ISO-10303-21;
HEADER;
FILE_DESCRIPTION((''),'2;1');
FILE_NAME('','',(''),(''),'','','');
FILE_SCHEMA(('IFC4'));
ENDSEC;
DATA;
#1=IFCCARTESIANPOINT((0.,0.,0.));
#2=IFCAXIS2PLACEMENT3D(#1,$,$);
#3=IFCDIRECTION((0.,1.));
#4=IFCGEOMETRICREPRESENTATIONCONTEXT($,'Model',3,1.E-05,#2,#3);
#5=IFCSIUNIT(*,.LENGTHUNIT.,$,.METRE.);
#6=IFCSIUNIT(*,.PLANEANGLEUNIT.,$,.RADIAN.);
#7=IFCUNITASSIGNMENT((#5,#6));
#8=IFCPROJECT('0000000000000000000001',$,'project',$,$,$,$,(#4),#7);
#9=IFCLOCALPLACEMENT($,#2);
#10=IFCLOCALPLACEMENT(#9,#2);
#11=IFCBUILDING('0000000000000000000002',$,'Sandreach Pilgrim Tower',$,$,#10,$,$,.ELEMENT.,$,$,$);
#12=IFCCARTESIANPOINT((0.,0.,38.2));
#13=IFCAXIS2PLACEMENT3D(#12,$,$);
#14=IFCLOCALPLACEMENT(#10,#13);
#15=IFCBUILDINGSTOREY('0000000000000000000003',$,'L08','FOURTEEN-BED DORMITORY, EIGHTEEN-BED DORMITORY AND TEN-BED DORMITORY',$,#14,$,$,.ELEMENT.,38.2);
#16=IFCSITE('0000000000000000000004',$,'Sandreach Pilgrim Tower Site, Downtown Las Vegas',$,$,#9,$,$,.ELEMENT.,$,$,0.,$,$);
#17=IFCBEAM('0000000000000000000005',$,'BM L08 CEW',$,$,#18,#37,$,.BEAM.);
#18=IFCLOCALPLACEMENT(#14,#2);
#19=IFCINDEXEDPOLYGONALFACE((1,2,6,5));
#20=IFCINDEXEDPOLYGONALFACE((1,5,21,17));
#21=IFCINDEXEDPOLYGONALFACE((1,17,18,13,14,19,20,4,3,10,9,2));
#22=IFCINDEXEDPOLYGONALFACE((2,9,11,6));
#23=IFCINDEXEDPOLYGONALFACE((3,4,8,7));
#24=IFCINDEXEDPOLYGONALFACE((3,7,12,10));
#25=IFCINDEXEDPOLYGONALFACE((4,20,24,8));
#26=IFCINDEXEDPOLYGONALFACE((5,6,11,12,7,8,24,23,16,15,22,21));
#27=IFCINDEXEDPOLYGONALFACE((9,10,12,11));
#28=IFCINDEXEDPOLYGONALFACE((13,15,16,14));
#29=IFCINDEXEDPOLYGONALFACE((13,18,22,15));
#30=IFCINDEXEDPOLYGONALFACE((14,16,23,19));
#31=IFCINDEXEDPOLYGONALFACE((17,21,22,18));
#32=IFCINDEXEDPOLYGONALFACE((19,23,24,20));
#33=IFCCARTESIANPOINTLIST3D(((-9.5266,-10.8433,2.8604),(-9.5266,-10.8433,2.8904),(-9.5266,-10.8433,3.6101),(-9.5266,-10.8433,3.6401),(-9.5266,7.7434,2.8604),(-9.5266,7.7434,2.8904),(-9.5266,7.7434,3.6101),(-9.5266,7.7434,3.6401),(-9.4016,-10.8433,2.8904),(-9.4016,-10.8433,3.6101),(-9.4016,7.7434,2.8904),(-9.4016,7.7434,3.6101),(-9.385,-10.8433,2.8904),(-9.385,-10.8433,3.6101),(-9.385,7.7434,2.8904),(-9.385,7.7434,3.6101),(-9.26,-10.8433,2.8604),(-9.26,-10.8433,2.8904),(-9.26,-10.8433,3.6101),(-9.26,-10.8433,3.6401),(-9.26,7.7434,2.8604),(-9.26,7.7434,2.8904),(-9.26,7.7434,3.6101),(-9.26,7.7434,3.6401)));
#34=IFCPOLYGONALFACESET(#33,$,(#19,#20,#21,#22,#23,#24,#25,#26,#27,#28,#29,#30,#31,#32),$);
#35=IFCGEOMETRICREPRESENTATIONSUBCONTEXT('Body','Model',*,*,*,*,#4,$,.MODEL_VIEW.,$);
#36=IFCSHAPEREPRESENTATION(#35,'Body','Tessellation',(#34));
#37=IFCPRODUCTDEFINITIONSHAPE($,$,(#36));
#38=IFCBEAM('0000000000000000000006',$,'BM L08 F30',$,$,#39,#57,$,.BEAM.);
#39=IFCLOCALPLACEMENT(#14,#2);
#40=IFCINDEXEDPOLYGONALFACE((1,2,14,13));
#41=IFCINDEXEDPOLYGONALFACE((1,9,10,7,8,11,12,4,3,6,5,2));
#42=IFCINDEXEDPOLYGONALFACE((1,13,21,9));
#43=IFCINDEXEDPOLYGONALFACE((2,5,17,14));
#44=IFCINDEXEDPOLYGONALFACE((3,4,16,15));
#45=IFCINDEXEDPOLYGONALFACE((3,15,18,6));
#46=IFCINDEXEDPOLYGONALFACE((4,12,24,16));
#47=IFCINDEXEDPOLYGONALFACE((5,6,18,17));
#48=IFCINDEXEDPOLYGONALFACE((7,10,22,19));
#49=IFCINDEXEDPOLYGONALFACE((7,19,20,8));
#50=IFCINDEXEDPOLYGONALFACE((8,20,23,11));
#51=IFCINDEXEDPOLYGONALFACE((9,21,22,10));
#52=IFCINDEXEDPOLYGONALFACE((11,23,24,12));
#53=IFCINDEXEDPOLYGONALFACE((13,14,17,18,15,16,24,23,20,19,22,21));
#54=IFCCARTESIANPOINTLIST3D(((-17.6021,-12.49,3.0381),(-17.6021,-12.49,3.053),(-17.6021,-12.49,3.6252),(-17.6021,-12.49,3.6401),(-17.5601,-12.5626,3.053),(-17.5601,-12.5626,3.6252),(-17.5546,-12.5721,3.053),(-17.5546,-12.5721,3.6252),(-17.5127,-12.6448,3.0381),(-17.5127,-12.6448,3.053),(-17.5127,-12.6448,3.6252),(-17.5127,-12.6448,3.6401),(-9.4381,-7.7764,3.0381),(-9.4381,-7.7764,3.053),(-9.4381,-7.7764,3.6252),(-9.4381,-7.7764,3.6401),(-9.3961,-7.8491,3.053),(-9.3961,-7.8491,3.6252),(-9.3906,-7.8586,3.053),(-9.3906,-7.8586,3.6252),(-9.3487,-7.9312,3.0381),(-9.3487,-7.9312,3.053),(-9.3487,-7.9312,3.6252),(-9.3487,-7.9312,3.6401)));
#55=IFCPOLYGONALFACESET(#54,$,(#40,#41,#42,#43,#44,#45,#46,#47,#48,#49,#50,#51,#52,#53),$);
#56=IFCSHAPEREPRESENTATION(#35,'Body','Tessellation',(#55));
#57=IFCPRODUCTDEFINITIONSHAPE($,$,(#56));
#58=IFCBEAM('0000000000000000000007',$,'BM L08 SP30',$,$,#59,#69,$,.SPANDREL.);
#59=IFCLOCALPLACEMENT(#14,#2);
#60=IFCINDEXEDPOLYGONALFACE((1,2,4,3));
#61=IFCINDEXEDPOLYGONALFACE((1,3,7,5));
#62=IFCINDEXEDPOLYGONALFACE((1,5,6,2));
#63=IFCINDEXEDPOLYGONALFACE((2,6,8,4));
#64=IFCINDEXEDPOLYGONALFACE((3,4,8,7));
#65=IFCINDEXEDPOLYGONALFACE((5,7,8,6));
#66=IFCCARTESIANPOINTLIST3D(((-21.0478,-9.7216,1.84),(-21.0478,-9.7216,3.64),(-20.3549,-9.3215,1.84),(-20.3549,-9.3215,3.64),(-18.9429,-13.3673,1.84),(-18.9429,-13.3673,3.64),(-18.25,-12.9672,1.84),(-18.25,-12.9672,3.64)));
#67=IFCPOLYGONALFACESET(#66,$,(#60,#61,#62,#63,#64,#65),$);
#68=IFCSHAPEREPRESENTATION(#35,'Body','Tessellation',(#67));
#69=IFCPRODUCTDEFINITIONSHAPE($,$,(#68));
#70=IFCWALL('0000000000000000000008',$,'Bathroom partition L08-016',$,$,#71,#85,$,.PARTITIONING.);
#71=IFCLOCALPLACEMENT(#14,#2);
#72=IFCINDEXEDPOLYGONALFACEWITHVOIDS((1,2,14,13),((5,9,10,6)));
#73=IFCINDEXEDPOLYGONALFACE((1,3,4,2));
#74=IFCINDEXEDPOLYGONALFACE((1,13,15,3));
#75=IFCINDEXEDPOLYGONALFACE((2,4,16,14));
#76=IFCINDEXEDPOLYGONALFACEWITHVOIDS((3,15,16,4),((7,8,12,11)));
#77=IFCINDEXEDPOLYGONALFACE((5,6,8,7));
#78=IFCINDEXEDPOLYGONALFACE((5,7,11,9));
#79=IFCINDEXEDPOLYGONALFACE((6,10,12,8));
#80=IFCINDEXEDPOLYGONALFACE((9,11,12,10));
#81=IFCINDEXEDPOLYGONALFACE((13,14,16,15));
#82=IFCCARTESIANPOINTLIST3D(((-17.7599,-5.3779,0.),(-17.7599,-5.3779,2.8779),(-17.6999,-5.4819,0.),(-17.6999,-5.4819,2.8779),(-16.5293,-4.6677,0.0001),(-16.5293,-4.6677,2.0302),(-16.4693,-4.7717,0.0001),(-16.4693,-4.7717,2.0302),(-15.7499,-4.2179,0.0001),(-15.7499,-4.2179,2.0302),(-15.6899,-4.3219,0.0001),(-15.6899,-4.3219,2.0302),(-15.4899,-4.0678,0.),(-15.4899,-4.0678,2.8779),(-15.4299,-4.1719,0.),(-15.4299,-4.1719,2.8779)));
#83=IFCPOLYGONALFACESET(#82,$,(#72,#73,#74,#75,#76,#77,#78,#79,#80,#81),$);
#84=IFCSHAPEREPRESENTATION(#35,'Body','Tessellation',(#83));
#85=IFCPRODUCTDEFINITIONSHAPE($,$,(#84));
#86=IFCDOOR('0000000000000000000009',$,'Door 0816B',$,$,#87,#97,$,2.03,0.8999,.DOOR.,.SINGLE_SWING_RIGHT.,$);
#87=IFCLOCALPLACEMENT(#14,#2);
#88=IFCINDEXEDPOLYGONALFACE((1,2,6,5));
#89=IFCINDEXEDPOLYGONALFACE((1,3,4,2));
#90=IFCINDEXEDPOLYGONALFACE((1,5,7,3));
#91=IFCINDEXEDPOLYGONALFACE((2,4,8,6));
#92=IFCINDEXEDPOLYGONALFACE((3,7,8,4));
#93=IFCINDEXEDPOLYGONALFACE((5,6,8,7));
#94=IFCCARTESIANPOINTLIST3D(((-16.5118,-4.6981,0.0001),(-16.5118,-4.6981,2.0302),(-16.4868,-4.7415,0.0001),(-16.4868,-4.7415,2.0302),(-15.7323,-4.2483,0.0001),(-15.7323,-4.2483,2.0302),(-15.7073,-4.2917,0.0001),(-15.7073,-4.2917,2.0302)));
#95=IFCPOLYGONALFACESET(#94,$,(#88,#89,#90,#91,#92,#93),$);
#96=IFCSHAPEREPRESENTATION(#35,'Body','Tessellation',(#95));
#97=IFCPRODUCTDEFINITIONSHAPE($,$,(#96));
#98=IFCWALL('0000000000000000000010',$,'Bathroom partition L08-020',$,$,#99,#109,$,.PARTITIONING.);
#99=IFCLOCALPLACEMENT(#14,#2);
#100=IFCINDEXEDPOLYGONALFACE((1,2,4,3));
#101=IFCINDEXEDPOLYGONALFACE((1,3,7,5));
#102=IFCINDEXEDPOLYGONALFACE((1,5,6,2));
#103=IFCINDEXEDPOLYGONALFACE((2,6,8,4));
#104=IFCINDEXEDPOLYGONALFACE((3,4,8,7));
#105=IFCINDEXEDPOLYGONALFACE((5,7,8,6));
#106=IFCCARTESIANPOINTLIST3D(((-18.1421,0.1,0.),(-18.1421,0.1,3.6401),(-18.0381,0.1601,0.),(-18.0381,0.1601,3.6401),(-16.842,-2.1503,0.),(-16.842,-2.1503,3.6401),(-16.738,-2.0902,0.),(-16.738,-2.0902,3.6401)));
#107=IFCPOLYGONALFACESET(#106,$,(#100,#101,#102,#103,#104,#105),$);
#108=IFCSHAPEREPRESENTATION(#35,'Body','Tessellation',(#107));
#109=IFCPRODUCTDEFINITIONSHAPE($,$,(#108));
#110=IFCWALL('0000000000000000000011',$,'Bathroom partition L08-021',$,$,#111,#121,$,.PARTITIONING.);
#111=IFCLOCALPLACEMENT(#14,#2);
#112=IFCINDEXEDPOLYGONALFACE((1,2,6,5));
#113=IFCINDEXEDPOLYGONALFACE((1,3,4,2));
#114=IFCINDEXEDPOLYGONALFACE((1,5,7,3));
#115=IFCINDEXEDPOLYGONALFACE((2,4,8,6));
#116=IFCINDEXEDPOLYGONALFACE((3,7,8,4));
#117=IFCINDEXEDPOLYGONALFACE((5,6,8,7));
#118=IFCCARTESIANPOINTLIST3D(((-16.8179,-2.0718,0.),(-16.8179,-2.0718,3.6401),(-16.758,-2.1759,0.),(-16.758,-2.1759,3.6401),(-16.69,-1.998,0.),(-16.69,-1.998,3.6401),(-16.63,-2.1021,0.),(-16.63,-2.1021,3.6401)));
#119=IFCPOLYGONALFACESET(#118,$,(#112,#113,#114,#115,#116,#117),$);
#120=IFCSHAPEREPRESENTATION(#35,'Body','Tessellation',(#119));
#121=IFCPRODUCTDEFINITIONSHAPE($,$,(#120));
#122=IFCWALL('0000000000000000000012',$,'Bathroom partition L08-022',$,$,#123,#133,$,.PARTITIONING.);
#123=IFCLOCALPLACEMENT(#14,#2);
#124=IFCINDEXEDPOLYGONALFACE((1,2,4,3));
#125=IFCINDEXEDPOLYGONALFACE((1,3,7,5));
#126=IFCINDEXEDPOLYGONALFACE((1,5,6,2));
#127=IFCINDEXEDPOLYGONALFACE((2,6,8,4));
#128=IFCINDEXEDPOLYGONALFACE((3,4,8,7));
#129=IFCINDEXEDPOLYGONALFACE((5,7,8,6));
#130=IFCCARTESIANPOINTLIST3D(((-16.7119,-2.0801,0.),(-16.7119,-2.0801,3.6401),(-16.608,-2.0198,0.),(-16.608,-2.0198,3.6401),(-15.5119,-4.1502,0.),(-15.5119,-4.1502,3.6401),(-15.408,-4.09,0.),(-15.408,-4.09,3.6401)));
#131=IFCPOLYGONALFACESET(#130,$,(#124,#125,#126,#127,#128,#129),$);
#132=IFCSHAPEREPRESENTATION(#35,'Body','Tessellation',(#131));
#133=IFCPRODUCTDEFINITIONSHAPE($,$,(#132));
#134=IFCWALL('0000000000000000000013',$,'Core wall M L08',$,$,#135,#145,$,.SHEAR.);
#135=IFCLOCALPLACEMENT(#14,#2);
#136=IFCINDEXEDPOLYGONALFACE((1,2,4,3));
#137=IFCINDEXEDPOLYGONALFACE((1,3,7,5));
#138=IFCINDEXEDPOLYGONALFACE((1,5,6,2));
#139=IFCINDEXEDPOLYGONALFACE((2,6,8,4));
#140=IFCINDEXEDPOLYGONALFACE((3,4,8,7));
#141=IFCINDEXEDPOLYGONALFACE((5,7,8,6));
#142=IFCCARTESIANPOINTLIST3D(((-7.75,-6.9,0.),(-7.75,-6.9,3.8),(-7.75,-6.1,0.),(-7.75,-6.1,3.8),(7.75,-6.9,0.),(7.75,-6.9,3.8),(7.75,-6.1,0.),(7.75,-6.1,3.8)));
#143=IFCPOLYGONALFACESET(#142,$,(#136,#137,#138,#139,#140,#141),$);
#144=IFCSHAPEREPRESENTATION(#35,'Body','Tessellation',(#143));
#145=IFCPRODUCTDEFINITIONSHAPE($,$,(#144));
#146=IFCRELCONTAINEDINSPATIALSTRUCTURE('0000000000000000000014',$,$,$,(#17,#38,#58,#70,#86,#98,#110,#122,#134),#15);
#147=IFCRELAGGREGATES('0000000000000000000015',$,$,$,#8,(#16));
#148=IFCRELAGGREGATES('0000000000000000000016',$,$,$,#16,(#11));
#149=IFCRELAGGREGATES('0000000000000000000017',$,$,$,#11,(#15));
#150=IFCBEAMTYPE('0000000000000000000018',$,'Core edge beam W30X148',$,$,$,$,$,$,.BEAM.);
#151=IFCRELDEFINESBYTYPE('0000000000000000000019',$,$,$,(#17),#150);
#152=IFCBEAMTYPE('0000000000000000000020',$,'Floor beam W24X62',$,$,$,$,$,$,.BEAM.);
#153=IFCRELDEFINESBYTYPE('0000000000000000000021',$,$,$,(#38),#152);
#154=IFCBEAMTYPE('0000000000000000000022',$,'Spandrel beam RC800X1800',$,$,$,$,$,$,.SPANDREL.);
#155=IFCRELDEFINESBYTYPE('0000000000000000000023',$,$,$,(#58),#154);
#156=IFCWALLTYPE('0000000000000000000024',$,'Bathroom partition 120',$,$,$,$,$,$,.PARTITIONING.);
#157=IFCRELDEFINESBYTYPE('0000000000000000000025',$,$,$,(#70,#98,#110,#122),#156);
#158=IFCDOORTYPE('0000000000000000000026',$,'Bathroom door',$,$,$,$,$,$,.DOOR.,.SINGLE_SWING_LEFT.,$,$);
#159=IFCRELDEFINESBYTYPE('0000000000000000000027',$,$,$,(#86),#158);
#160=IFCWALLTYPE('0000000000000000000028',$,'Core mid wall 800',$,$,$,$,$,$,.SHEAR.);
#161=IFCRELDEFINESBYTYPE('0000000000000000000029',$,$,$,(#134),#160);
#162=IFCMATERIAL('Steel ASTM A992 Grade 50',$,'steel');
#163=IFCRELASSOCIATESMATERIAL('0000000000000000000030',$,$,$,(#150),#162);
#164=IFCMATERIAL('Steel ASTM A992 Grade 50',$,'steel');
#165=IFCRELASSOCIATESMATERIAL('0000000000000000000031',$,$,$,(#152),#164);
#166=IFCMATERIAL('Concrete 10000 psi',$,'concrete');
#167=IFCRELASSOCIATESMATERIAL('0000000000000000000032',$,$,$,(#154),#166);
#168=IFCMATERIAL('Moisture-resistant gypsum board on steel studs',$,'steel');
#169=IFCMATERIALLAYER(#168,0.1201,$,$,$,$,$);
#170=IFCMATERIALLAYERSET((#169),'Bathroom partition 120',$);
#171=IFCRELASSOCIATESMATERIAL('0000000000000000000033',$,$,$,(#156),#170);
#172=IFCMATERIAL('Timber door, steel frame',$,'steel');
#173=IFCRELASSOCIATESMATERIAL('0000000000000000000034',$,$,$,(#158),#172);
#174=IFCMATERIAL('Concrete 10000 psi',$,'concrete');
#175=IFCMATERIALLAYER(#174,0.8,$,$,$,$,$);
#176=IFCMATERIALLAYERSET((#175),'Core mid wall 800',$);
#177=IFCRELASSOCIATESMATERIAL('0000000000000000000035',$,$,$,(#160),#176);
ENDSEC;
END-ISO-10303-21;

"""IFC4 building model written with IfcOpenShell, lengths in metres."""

from ifc_helpers import new_model, si_unit, direction, frame, frame_2d, origin, origin_2d, place, context, subcontext, project, spatial, rectangle, i_section, extrude, material, layer, layer_set, material_profile, profile_set, type_object, element, fill, save


model = new_model("IFC4")

# Units and contexts
model_context = context("Model", 3, precision=1e-05, world=origin(), true_north=direction((0.0, 1.0)))
body_context = subcontext(model_context, "Body", "Model", "MODEL_VIEW")
ifc_project = project(units=[si_unit("LENGTHUNIT", "METRE"), si_unit("PLANEANGLEUNIT", "RADIAN")], contexts=[model_context])

# Site, building, storey
site_placement = place(None, origin())
site = spatial("IfcSite", under=ifc_project, at=site_placement, Name="Sandreach Pilgrim Tower Site, Downtown Las Vegas", CompositionType="ELEMENT", RefElevation=0.0)
building_placement = place(site_placement, origin())
building = spatial("IfcBuilding", under=site, at=building_placement, Name="Sandreach Pilgrim Tower", CompositionType="ELEMENT")
storey_placement = place(building_placement, frame((0.0, 0.0, 38.2)))
storey = spatial("IfcBuildingStorey", under=building, at=storey_placement, Name="L08", Description="FOURTEEN-BED DORMITORY, EIGHTEEN-BED DORMITORY AND TEN-BED DORMITORY", CompositionType="ELEMENT", Elevation=38.2)

# Beams
ifc_material_1 = material(Name="Steel ASTM A992 Grade 50", Category="steel")
ifc_material_profile_1 = material_profile(ifc_material_1, i_section(OverallWidth=0.2666, OverallDepth=0.7798, WebThickness=0.0166, FlangeThickness=0.03, at=origin_2d()), Name="W30X148")
ifc_profile_set_1 = profile_set([ifc_material_profile_1], Name="Steel ASTM A992 Grade 50")
beam_type_1 = type_object("IfcBeamType", Name="Core edge beam W30X148", PredefinedType="BEAM", material=ifc_profile_set_1)
beam_1_placement = place(storey_placement, frame((-9.3933, -10.8433, 3.2502), z_axis=(0.0, 1.0, 0.0), x_axis=(-1.0, 0.0, 0.0)))
element("IfcBeam", 1, at=beam_1_placement, inside=storey, type_object=beam_type_1, Name="BM L08 CEW", PredefinedType="BEAM", context=body_context, shape_type="SweptSolid", body=[
    extrude(i_section(OverallWidth=0.2666, OverallDepth=0.7798, WebThickness=0.0166, FlangeThickness=0.03, at=origin_2d()), origin(), (0.0, 0.0, 1.0), 18.5867),
])
ifc_material_2 = material(Name="Steel ASTM A992 Grade 50", Category="steel")
ifc_material_profile_2 = material_profile(ifc_material_2, i_section(OverallWidth=0.1787, OverallDepth=0.6021, WebThickness=0.011, FlangeThickness=0.0149, at=origin_2d()), Name="W24X62")
ifc_profile_set_2 = profile_set([ifc_material_profile_2], Name="Steel ASTM A992 Grade 50")
beam_type_2 = type_object("IfcBeamType", Name="Floor beam W24X62", PredefinedType="BEAM", material=ifc_profile_set_2)
beam_2_placement = place(storey_placement, frame((-17.5574, -12.5674, 3.3391), z_axis=(0.866021, 0.500008, 0.0), x_axis=(-0.500008, 0.866021, 0.0)))
element("IfcBeam", 2, at=beam_2_placement, inside=storey, type_object=beam_type_2, Name="BM L08 F30", PredefinedType="BEAM", context=body_context, shape_type="SweptSolid", body=[
    extrude(i_section(OverallWidth=0.1787, OverallDepth=0.6021, WebThickness=0.011, FlangeThickness=0.0149, at=origin_2d()), origin(), (0.0, 0.0, 1.0), 9.427),
])
ifc_material_3 = material(Name="Concrete 10000 psi", Category="concrete")
ifc_material_profile_3 = material_profile(ifc_material_3, rectangle(XDim=0.8, YDim=1.8, at=origin_2d()), Name="RC800X1800")
ifc_profile_set_3 = profile_set([ifc_material_profile_3], Name="Concrete 10000 psi")
beam_type_3 = type_object("IfcBeamType", Name="Spandrel beam RC800X1800", PredefinedType="SPANDREL", material=ifc_profile_set_3)
beam_3_placement = place(storey_placement, frame((-18.5964, -13.1672, 2.74), z_axis=(-0.500019, 0.866015, 0.0), x_axis=(-0.866015, -0.500019, 0.0)))
element("IfcBeam", 3, at=beam_3_placement, inside=storey, type_object=beam_type_3, Name="BM L08 SP30", PredefinedType="SPANDREL", context=body_context, shape_type="SweptSolid", body=[
    extrude(rectangle(XDim=0.8, YDim=1.8, at=origin_2d()), origin(), (0.0, 0.0, 1.0), 4.2097),
])

# Wall, opening, door
ifc_material_4 = material(Name="Moisture-resistant gypsum board on steel studs", Category="steel")
ifc_layer_1 = layer(ifc_material_4, 0.1201)
ifc_layer_set_1 = layer_set([ifc_layer_1], Name="Bathroom partition 120")
wall_type_1 = type_object("IfcWallType", Name="Bathroom partition 120", PredefinedType="PARTITIONING", material=ifc_layer_set_1)
wall_1_placement = place(storey_placement, frame((-17.73, -5.4299, 0.0), z_axis=(0.0, 0.0, 1.0), x_axis=(0.866114, 0.499846, 0.0)))
wall_1 = element("IfcWall", 4, at=wall_1_placement, inside=storey, type_object=wall_type_1, Name="Bathroom partition L08-016", PredefinedType="PARTITIONING", context=body_context, shape_type="SweptSolid", body=[
    extrude(rectangle(XDim=2.6208, YDim=0.1201, at=frame_2d((1.3105, 0.0))), origin(), (0.0, 0.0, 1.0), 2.8779),
])
opening_1_placement = place(wall_1_placement, frame((1.4209, 0.0, 0.0)))
opening_1 = element("IfcOpeningElement", 5, at=opening_1_placement, cuts=wall_1, PredefinedType="OPENING", context=body_context, shape_type="SweptSolid", body=[
    extrude(rectangle(XDim=0.8999, YDim=2.03, at=frame_2d((0.45, 1.0151))), frame((0.0, 0.0601, 0.0), z_axis=(0.0, -1.0, 0.0), x_axis=(1.0, 0.0, 0.0)), (0.0, 0.0, 1.0), 0.1201),
])
ifc_material_5 = material(Name="Timber door, steel frame", Category="steel")
door_type_1 = type_object("IfcDoorType", Name="Bathroom door", OperationType="SINGLE_SWING_LEFT", PredefinedType="DOOR", material=ifc_material_5)
door_1_placement = place(opening_1_placement, origin())
door_1 = element("IfcDoor", 6, at=door_1_placement, inside=storey, type_object=door_type_1, Name="Door 0816B", OperationType="SINGLE_SWING_RIGHT", OverallHeight=2.03, OverallWidth=0.8999, PredefinedType="DOOR", context=body_context, shape_type="SweptSolid", body=[
    extrude(rectangle(XDim=0.8999, YDim=2.03, at=frame_2d((0.45, 1.0151))), frame((0.0, 0.0249, 0.0), z_axis=(0.0, -1.0, 0.0), x_axis=(1.0, 0.0, 0.0)), (0.0, 0.0, 1.0), 0.05),
])
fill(opening_1, door_1)

# Walls
wall_2_placement = place(storey_placement, frame((-16.79, -2.1201, 0.0), z_axis=(0.0, 0.0, 1.0), x_axis=(-0.500251, 0.86588, 0.0)))
element("IfcWall", 7, at=wall_2_placement, inside=storey, type_object=wall_type_1, Name="Bathroom partition L08-020", PredefinedType="PARTITIONING", context=body_context, shape_type="SweptSolid", body=[
    extrude(rectangle(XDim=2.5989, YDim=0.1201, at=frame_2d((1.2993, 0.0))), origin(), (0.0, 0.0, 1.0), 3.6401),
])
wall_3_placement = place(storey_placement, frame((-16.7878, -2.1238, 0.0), z_axis=(0.0, 0.0, 1.0), x_axis=(0.866406, 0.499341, 0.0)))
element("IfcWall", 8, at=wall_3_placement, inside=storey, type_object=wall_type_1, Name="Bathroom partition L08-021", PredefinedType="PARTITIONING", context=body_context, shape_type="SweptSolid", body=[
    extrude(rectangle(XDim=0.1477, YDim=0.1201, at=frame_2d((0.0737, 0.0))), origin(), (0.0, 0.0, 1.0), 3.6401),
])
wall_4_placement = place(storey_placement, frame((-16.6599, -2.05, 0.0), z_axis=(0.0, 0.0, 1.0), x_axis=(0.501503, -0.865156, 0.0)))
element("IfcWall", 9, at=wall_4_placement, inside=storey, type_object=wall_type_1, Name="Bathroom partition L08-022", PredefinedType="PARTITIONING", context=body_context, shape_type="SweptSolid", body=[
    extrude(rectangle(XDim=2.3928, YDim=0.1201, at=frame_2d((1.1963, 0.0))), origin(), (0.0, 0.0, 1.0), 3.6401),
])
ifc_material_6 = material(Name="Concrete 10000 psi", Category="concrete")
ifc_layer_2 = layer(ifc_material_6, 0.8)
ifc_layer_set_2 = layer_set([ifc_layer_2], Name="Core mid wall 800")
wall_type_2 = type_object("IfcWallType", Name="Core mid wall 800", PredefinedType="SHEAR", material=ifc_layer_set_2)
wall_5_placement = place(storey_placement, frame((-7.75, -6.5, 0.0), z_axis=(0.0, 0.0, 1.0), x_axis=(1.0, 0.0, 0.0)))
element("IfcWall", 10, at=wall_5_placement, inside=storey, type_object=wall_type_2, Name="Core wall M L08", PredefinedType="SHEAR", context=body_context, shape_type="SweptSolid", body=[
    extrude(rectangle(XDim=15.5, YDim=0.8, at=frame_2d((7.75, 0.0))), origin(), (0.0, 0.0, 1.0), 3.8),
])

save(model, "model.ifc")
